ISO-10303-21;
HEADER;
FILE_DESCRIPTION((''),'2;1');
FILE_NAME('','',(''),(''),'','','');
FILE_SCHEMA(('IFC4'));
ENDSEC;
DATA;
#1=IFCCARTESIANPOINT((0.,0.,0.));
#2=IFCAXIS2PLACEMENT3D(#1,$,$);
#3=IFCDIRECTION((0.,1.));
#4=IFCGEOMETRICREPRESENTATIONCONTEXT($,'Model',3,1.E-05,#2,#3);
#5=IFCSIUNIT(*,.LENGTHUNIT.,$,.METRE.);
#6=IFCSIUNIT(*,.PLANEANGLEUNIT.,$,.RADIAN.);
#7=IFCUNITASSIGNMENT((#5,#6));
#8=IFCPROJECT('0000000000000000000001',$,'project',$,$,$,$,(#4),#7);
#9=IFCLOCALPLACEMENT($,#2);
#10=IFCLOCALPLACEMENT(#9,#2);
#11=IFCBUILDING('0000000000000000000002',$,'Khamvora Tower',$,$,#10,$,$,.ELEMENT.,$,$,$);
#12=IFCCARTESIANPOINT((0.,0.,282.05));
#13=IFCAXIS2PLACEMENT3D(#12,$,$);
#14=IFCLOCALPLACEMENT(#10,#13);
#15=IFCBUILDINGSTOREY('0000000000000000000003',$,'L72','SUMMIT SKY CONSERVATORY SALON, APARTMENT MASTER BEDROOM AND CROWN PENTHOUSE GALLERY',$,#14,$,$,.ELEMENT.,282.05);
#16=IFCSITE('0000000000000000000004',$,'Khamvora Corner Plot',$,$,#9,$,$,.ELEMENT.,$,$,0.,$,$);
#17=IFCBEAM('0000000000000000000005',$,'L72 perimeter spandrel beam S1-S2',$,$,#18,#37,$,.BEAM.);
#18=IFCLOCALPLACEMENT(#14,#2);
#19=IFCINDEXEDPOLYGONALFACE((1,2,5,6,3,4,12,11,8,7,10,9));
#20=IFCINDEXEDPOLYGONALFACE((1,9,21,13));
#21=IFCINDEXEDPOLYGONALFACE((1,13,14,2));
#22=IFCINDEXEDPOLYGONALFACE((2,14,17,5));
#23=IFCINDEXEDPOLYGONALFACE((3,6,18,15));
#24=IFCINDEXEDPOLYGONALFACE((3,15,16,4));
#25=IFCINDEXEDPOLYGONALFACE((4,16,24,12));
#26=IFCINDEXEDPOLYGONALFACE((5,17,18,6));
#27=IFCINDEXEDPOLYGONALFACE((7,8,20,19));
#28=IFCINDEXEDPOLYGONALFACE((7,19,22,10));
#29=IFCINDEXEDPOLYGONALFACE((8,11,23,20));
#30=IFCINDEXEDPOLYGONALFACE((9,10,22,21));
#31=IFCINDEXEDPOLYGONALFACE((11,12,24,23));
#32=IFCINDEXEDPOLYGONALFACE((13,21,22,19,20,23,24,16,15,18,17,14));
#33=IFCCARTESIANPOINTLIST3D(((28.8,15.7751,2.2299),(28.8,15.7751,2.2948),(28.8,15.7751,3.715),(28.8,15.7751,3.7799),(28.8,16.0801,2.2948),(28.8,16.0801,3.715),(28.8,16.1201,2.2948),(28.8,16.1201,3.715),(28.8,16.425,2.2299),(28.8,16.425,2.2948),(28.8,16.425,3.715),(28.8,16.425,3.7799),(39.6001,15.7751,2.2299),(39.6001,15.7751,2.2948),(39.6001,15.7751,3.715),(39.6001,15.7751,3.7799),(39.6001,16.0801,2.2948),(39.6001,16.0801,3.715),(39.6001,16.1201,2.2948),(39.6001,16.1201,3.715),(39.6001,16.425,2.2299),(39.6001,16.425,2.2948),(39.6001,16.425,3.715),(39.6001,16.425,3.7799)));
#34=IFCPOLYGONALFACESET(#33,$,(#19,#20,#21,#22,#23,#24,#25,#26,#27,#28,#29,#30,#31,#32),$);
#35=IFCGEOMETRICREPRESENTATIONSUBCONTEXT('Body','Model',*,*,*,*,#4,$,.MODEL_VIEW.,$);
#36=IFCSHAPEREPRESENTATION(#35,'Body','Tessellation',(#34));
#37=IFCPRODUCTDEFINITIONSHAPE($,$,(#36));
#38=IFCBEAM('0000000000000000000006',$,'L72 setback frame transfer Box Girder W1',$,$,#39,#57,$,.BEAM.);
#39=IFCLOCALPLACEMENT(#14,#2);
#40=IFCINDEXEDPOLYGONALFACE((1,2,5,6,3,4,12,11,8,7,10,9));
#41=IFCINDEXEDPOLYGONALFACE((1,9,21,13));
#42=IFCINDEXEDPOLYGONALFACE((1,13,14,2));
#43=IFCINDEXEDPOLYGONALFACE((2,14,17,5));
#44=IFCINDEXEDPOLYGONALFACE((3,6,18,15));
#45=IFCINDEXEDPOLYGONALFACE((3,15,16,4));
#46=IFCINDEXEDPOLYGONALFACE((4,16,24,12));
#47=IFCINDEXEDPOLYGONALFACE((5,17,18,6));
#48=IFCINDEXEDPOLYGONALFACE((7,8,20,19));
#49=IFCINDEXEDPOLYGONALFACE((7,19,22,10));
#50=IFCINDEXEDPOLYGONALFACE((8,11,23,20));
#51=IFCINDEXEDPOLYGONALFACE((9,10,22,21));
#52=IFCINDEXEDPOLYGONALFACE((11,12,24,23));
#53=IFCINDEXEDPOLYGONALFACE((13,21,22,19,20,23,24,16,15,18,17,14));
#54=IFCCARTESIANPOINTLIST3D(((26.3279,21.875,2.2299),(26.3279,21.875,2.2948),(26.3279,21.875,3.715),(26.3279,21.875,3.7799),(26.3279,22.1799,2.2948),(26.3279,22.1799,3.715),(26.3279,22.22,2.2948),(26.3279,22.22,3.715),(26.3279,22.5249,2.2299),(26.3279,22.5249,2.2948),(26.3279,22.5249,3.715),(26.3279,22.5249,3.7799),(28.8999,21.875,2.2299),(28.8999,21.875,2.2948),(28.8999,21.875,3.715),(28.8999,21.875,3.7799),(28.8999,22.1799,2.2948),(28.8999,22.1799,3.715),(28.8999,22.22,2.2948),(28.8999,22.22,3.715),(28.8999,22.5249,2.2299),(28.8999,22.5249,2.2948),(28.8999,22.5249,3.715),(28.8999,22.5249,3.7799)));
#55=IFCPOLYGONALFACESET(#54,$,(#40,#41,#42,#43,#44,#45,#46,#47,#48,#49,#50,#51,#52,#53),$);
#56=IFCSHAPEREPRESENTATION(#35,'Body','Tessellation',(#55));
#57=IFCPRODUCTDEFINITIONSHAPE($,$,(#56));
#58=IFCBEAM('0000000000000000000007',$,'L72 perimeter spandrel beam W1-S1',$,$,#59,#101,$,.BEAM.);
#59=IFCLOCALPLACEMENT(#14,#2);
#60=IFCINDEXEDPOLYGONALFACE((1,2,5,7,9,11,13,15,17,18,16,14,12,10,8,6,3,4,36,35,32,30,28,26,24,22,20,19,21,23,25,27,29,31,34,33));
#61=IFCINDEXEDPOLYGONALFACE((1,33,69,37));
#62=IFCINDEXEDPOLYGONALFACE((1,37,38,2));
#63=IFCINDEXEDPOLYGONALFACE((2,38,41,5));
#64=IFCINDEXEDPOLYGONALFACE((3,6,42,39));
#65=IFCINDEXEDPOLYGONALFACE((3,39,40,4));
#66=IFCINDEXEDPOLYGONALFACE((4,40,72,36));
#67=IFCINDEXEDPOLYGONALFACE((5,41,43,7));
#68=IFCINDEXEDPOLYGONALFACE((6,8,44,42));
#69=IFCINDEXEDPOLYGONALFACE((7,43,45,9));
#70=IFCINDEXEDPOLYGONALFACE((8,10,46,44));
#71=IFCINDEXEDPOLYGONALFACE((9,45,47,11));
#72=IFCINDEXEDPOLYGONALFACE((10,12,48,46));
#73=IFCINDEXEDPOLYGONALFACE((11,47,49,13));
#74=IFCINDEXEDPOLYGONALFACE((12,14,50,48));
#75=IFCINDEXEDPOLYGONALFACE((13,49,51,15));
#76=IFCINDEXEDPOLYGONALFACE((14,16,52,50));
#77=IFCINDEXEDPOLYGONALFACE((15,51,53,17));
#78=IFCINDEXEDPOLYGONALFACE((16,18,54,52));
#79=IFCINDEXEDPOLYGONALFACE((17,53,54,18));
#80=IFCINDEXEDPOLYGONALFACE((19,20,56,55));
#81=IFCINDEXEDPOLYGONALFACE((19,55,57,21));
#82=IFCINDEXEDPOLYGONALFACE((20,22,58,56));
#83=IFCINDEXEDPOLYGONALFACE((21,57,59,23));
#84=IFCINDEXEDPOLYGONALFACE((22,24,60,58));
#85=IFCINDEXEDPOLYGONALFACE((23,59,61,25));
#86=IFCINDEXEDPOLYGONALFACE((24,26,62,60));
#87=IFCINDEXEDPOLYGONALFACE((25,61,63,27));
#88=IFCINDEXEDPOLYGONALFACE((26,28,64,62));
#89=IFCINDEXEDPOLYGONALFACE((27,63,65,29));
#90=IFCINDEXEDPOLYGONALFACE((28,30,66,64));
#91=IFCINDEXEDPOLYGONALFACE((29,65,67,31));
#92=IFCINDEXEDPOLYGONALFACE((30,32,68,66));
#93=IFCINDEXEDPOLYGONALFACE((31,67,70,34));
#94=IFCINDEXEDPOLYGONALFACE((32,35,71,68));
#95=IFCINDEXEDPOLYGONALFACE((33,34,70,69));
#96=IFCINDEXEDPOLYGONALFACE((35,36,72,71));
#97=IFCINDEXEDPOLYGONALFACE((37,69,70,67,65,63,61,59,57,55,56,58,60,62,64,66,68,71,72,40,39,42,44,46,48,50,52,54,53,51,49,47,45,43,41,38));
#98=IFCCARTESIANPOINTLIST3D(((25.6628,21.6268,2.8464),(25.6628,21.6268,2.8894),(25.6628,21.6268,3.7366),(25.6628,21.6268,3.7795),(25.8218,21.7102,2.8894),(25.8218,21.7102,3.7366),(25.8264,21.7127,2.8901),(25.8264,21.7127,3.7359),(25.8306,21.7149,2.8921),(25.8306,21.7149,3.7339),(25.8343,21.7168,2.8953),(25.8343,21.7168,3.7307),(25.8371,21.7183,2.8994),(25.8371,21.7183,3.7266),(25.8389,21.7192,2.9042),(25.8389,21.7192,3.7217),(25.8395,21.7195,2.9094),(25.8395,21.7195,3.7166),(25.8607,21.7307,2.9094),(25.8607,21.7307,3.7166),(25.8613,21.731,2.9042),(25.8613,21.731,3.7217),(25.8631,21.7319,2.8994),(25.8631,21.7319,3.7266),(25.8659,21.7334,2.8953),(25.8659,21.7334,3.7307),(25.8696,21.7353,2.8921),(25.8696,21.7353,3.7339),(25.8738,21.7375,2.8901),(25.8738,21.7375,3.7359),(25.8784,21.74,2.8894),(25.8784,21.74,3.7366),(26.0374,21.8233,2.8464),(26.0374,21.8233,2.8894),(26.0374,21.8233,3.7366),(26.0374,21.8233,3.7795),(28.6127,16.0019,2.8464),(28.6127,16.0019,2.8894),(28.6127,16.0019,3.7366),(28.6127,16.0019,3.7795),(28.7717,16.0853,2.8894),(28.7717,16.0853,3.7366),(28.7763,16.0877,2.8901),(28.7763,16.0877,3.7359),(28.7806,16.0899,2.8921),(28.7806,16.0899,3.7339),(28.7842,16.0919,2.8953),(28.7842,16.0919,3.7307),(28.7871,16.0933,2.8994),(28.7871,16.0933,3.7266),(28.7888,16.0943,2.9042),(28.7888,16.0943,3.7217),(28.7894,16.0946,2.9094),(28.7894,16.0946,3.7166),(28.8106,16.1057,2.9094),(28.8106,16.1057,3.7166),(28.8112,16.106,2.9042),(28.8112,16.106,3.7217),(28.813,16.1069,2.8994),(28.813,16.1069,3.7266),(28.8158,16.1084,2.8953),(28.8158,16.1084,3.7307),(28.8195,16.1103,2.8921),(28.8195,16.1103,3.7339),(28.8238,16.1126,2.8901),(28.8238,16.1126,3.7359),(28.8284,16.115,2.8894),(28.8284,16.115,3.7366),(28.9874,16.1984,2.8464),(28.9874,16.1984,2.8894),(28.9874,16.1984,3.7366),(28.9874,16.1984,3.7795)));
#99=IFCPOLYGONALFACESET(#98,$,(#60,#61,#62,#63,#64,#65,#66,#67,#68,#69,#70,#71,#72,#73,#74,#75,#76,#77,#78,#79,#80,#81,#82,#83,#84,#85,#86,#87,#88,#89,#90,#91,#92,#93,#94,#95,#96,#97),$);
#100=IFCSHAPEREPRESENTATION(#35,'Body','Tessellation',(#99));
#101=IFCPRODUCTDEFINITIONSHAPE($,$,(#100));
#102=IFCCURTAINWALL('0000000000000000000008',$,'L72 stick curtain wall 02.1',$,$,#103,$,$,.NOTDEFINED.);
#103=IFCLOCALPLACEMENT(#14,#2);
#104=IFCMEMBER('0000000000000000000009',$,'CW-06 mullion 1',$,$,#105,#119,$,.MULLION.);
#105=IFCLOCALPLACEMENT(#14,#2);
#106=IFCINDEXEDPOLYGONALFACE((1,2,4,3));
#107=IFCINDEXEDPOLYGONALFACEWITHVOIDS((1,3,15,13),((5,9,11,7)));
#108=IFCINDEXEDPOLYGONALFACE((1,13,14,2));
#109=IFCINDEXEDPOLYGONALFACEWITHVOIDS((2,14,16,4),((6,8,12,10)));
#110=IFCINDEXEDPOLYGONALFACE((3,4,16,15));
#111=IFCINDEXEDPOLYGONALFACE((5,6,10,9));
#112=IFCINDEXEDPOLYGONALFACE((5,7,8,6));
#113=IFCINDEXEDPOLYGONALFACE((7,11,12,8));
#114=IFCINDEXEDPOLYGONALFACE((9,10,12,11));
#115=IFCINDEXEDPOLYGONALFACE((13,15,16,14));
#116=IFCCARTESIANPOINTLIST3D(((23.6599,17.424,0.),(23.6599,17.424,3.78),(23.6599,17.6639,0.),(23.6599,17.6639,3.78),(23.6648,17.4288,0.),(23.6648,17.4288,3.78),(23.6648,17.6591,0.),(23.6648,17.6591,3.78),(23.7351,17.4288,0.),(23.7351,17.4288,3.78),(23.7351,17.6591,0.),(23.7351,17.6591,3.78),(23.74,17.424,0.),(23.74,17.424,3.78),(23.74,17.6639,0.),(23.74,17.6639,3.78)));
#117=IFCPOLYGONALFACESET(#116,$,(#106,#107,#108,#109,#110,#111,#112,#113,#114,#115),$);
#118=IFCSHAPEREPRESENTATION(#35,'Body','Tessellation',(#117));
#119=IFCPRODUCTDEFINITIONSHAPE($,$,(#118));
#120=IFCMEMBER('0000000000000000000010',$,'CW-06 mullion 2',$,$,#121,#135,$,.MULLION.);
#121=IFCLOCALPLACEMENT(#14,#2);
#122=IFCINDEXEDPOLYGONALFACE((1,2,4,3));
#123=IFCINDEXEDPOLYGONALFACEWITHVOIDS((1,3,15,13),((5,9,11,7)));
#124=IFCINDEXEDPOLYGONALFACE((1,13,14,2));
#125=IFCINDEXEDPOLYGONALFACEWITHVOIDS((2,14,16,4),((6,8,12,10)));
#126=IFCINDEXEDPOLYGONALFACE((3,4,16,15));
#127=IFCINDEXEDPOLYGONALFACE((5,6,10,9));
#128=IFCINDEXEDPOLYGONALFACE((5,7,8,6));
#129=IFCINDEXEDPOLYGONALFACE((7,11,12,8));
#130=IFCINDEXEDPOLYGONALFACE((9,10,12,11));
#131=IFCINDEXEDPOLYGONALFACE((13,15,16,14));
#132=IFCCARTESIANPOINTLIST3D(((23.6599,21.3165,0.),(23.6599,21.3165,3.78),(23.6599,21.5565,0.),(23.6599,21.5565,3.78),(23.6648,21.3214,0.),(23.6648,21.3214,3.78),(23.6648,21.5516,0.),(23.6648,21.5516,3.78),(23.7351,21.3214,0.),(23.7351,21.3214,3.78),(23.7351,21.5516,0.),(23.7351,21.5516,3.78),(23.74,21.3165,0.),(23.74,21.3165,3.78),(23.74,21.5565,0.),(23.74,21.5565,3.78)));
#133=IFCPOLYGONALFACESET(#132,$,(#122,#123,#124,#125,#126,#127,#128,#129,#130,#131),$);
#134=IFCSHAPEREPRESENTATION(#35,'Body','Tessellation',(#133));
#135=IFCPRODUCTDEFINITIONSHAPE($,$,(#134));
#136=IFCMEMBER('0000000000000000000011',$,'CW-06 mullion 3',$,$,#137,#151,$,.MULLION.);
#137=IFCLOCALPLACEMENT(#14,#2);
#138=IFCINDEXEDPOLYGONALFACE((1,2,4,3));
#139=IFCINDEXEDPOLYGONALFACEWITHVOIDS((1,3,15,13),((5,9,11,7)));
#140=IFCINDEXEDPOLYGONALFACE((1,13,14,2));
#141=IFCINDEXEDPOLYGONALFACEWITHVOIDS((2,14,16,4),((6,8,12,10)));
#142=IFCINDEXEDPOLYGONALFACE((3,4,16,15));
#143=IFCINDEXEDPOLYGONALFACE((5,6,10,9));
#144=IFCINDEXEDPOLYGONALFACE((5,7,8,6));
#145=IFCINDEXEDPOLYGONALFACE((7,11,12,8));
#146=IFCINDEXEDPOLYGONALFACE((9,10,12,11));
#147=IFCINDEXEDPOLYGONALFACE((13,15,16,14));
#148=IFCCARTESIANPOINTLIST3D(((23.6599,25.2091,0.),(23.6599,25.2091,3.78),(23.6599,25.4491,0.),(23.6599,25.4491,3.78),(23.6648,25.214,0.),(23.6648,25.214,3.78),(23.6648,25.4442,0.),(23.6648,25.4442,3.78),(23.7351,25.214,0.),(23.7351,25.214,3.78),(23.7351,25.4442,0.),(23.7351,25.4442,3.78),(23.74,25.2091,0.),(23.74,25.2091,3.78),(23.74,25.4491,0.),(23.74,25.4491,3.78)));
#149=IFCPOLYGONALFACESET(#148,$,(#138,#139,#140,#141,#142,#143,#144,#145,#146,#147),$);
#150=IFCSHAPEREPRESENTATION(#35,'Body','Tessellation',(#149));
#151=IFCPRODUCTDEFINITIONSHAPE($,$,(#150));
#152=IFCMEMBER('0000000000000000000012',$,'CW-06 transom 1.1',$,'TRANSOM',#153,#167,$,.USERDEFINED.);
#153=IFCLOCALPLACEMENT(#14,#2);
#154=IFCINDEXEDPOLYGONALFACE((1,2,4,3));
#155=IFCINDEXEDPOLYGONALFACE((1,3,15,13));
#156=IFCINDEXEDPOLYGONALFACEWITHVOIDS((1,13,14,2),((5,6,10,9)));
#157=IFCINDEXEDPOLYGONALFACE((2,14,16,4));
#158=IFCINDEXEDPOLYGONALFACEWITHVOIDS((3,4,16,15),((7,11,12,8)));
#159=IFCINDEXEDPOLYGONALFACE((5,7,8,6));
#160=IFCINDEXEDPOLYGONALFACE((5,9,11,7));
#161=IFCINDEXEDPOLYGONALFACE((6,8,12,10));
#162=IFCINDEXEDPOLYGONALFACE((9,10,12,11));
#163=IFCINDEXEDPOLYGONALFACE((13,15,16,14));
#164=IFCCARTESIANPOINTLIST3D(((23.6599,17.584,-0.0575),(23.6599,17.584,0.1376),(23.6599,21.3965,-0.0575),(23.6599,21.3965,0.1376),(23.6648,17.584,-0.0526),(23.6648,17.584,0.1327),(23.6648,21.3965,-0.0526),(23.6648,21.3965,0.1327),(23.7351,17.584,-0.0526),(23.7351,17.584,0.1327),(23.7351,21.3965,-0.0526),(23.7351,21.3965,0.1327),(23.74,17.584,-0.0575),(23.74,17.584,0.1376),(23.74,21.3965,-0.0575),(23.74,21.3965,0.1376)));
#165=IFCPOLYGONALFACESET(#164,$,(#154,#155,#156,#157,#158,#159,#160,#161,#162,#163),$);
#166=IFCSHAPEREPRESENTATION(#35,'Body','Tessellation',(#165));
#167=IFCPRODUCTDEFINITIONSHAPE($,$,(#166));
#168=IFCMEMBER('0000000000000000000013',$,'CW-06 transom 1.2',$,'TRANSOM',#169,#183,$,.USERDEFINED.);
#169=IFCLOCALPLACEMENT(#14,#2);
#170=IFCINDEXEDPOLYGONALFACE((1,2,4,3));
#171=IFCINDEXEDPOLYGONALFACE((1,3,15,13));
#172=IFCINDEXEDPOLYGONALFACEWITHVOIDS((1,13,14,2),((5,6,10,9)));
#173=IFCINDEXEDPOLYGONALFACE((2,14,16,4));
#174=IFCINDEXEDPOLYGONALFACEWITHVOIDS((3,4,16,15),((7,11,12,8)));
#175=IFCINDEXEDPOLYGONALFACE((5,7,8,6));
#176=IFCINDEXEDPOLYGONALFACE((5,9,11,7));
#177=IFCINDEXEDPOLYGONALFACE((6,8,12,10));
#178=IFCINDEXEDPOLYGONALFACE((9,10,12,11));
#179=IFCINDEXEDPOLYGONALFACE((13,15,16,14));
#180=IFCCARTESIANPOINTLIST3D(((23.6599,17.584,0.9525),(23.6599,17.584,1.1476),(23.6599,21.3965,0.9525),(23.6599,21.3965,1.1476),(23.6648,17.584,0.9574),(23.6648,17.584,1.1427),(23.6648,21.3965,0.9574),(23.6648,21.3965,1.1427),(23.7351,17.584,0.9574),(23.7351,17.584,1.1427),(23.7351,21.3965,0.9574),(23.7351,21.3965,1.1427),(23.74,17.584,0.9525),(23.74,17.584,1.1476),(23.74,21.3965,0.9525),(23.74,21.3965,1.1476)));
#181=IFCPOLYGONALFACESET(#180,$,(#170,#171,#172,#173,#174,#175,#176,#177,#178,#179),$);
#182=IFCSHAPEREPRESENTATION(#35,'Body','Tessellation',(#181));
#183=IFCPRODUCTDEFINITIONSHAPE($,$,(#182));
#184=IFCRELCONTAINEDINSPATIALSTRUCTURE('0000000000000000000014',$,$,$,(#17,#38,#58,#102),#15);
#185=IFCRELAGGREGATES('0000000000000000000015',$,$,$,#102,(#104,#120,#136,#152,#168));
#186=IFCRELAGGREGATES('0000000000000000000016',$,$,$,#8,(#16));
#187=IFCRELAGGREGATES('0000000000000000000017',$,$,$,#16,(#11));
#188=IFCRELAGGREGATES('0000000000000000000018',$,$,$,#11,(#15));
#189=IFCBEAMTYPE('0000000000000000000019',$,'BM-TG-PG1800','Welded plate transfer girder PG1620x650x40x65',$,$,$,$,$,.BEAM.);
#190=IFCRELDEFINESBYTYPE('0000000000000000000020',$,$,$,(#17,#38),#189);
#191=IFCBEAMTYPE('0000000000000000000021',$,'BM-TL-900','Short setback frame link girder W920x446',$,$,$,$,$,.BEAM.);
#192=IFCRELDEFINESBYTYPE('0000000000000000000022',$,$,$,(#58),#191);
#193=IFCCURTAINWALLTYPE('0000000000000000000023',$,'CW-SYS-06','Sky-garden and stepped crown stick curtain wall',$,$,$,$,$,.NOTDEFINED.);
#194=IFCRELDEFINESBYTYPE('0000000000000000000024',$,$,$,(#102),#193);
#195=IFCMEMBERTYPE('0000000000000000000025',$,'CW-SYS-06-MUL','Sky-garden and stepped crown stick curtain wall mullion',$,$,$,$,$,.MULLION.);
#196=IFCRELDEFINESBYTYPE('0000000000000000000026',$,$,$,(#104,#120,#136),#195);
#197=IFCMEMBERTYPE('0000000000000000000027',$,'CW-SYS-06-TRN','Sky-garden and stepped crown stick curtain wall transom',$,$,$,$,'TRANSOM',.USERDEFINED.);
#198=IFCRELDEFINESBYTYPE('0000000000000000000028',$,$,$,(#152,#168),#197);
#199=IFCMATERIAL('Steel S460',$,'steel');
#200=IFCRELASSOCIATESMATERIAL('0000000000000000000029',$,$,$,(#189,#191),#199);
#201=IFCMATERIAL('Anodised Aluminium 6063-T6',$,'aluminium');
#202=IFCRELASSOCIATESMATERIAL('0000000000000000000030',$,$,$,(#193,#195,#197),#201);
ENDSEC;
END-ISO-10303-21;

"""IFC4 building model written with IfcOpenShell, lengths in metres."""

from ifc_helpers import new_model, si_unit, direction, frame, origin, origin_2d, place, context, subcontext, project, spatial, hollow_rectangle, i_section, extrude, material, material_profile, profile_set, type_object, element, aggregate, save


model = new_model("IFC4")

# Units and contexts
model_context = context("Model", 3, precision=1e-05, world=origin(), true_north=direction((0.0, 1.0)))
body_context = subcontext(model_context, "Body", "Model", "MODEL_VIEW")
ifc_project = project(units=[si_unit("LENGTHUNIT", "METRE"), si_unit("PLANEANGLEUNIT", "RADIAN")], contexts=[model_context])

# Site, building, storey
site_placement = place(None, origin())
site = spatial("IfcSite", under=ifc_project, at=site_placement, Name="Khamvora Corner Plot", CompositionType="ELEMENT", RefElevation=0.0)
building_placement = place(site_placement, origin())
building = spatial("IfcBuilding", under=site, at=building_placement, Name="Khamvora Tower", CompositionType="ELEMENT")
storey_placement = place(building_placement, frame((0.0, 0.0, 282.05)))
storey = spatial("IfcBuildingStorey", under=building, at=storey_placement, Name="L72", Description="SUMMIT SKY CONSERVATORY SALON, APARTMENT MASTER BEDROOM AND CROWN PENTHOUSE GALLERY", CompositionType="ELEMENT", Elevation=282.05)

# Beams
ifc_material_1 = material(Name="Steel S460", Category="steel")
ifc_material_profile_1 = material_profile(ifc_material_1, i_section(OverallWidth=0.6499, OverallDepth=1.55, WebThickness=0.04, FlangeThickness=0.0649, at=origin_2d()), Name="PG1550x650x40x65")
ifc_profile_set_1 = profile_set([ifc_material_profile_1], Name="Steel S460")
beam_type_1 = type_object("IfcBeamType", Name="BM-TG-PG1800", Description="Welded plate transfer girder PG1620x650x40x65", PredefinedType="BEAM", material=ifc_profile_set_1)
beam_1_placement = place(storey_placement, frame((28.8, 16.1001, 3.0049), z_axis=(1.0, 0.0, 0.0), x_axis=(0.0, 1.0, 0.0)))
element("IfcBeam", 1, at=beam_1_placement, inside=storey, type_object=beam_type_1, Name="L72 perimeter spandrel beam S1-S2", PredefinedType="BEAM", context=body_context, shape_type="SweptSolid", body=[
    extrude(i_section(OverallWidth=0.6499, OverallDepth=1.55, WebThickness=0.04, FlangeThickness=0.0649, at=origin_2d()), origin(), (0.0, 0.0, 1.0), 10.8),
])
beam_2_placement = place(storey_placement, frame((26.3279, 22.2, 3.0049), z_axis=(1.0, 0.0, 0.0), x_axis=(0.0, 1.0, 0.0)))
element("IfcBeam", 2, at=beam_2_placement, inside=storey, type_object=beam_type_1, Name="L72 setback frame transfer Box Girder W1", PredefinedType="BEAM", context=body_context, shape_type="SweptSolid", body=[
    extrude(i_section(OverallWidth=0.6499, OverallDepth=1.55, WebThickness=0.04, FlangeThickness=0.0649, at=origin_2d()), origin(), (0.0, 0.0, 1.0), 2.572),
])
ifc_material_profile_2 = material_profile(ifc_material_1, i_section(OverallWidth=0.4231, OverallDepth=0.9331, WebThickness=0.0239, FlangeThickness=0.043, FilletRadius=0.02, at=origin_2d()), Name="W920x446")
ifc_profile_set_2 = profile_set([ifc_material_profile_2], Name="Steel S460")
beam_type_2 = type_object("IfcBeamType", Name="BM-TL-900", Description="Short setback frame link girder W920x446", PredefinedType="BEAM", material=ifc_profile_set_2)
beam_3_placement = place(storey_placement, frame((25.8501, 21.7251, 3.313), z_axis=(0.464442, -0.885603, 0.0), x_axis=(0.885603, 0.464442, 0.0)))
element("IfcBeam", 3, at=beam_3_placement, inside=storey, type_object=beam_type_2, Name="L72 perimeter spandrel beam W1-S1", PredefinedType="BEAM", context=body_context, shape_type="SweptSolid", body=[
    extrude(i_section(OverallWidth=0.4231, OverallDepth=0.9331, WebThickness=0.0239, FlangeThickness=0.043, FilletRadius=0.02, at=origin_2d()), origin(), (0.0, 0.0, 1.0), 6.3516),
])

# Curtain wall, members
ifc_material_2 = material(Name="Anodised Aluminium 6063-T6", Category="aluminium")
curtain_wall_type = type_object("IfcCurtainWallType", Name="CW-SYS-06", Description="Sky-garden and stepped crown stick curtain wall", PredefinedType="NOTDEFINED", material=ifc_material_2)
curtain_wall_placement = place(storey_placement, origin())
curtain_wall = element("IfcCurtainWall", 4, at=curtain_wall_placement, inside=storey, type_object=curtain_wall_type, Name="L72 stick curtain wall 02.1", PredefinedType="NOTDEFINED")
ifc_material_profile_3 = material_profile(ifc_material_2, hollow_rectangle(XDim=0.0801, YDim=0.24, WallThickness=0.0049, at=origin_2d()), Name="MUL80x240x5")
ifc_profile_set_3 = profile_set([ifc_material_profile_3], Name="Anodised Aluminium 6063-T6")
member_type_1 = type_object("IfcMemberType", Name="CW-SYS-06-MUL", Description="Sky-garden and stepped crown stick curtain wall mullion", PredefinedType="MULLION", material=ifc_profile_set_3)
member_1_placement = place(storey_placement, frame((23.7, 17.5439, 0.0), z_axis=(0.0, 0.0, 1.0), x_axis=(-1.0, 0.0, 0.0)))
member_1 = element("IfcMember", 5, at=member_1_placement, type_object=member_type_1, Name="CW-06 mullion 1", PredefinedType="MULLION", context=body_context, shape_type="SweptSolid", body=[
    extrude(hollow_rectangle(XDim=0.0801, YDim=0.24, WallThickness=0.0049, at=origin_2d()), origin(), (0.0, 0.0, 1.0), 3.78),
])
member_2_placement = place(storey_placement, frame((23.7, 21.4365, 0.0), z_axis=(0.0, 0.0, 1.0), x_axis=(-1.0, 0.0, 0.0)))
member_2 = element("IfcMember", 6, at=member_2_placement, type_object=member_type_1, Name="CW-06 mullion 2", PredefinedType="MULLION", context=body_context, shape_type="SweptSolid", body=[
    extrude(hollow_rectangle(XDim=0.0801, YDim=0.24, WallThickness=0.0049, at=origin_2d()), origin(), (0.0, 0.0, 1.0), 3.78),
])
member_3_placement = place(storey_placement, frame((23.7, 25.3291, 0.0), z_axis=(0.0, 0.0, 1.0), x_axis=(-1.0, 0.0, 0.0)))
member_3 = element("IfcMember", 7, at=member_3_placement, type_object=member_type_1, Name="CW-06 mullion 3", PredefinedType="MULLION", context=body_context, shape_type="SweptSolid", body=[
    extrude(hollow_rectangle(XDim=0.0801, YDim=0.24, WallThickness=0.0049, at=origin_2d()), origin(), (0.0, 0.0, 1.0), 3.78),
])
ifc_material_profile_4 = material_profile(ifc_material_2, hollow_rectangle(XDim=0.0801, YDim=0.1951, WallThickness=0.0049, at=origin_2d()), Name="TRN80x195x5")
ifc_profile_set_4 = profile_set([ifc_material_profile_4], Name="Anodised Aluminium 6063-T6")
member_type_2 = type_object("IfcMemberType", Name="CW-SYS-06-TRN", Description="Sky-garden and stepped crown stick curtain wall transom", ElementType="TRANSOM", PredefinedType="USERDEFINED", material=ifc_profile_set_4)
member_4_placement = place(storey_placement, frame((23.7, 17.584, 0.04), z_axis=(0.0, 1.0, 0.0), x_axis=(-1.0, 0.0, 0.0)))
member_4 = element("IfcMember", 8, at=member_4_placement, type_object=member_type_2, Name="CW-06 transom 1.1", ObjectType="TRANSOM", PredefinedType="USERDEFINED", context=body_context, shape_type="SweptSolid", body=[
    extrude(hollow_rectangle(XDim=0.0801, YDim=0.1951, WallThickness=0.0049, at=origin_2d()), origin(), (0.0, 0.0, 1.0), 3.8125),
])
member_5_placement = place(storey_placement, frame((23.7, 17.584, 1.05), z_axis=(0.0, 1.0, 0.0), x_axis=(-1.0, 0.0, 0.0)))
member_5 = element("IfcMember", 9, at=member_5_placement, type_object=member_type_2, Name="CW-06 transom 1.2", ObjectType="TRANSOM", PredefinedType="USERDEFINED", context=body_context, shape_type="SweptSolid", body=[
    extrude(hollow_rectangle(XDim=0.0801, YDim=0.1951, WallThickness=0.0049, at=origin_2d()), origin(), (0.0, 0.0, 1.0), 3.8125),
])
aggregate(curtain_wall, [member_1, member_2, member_3, member_4, member_5])

save(model, "model.ifc")
